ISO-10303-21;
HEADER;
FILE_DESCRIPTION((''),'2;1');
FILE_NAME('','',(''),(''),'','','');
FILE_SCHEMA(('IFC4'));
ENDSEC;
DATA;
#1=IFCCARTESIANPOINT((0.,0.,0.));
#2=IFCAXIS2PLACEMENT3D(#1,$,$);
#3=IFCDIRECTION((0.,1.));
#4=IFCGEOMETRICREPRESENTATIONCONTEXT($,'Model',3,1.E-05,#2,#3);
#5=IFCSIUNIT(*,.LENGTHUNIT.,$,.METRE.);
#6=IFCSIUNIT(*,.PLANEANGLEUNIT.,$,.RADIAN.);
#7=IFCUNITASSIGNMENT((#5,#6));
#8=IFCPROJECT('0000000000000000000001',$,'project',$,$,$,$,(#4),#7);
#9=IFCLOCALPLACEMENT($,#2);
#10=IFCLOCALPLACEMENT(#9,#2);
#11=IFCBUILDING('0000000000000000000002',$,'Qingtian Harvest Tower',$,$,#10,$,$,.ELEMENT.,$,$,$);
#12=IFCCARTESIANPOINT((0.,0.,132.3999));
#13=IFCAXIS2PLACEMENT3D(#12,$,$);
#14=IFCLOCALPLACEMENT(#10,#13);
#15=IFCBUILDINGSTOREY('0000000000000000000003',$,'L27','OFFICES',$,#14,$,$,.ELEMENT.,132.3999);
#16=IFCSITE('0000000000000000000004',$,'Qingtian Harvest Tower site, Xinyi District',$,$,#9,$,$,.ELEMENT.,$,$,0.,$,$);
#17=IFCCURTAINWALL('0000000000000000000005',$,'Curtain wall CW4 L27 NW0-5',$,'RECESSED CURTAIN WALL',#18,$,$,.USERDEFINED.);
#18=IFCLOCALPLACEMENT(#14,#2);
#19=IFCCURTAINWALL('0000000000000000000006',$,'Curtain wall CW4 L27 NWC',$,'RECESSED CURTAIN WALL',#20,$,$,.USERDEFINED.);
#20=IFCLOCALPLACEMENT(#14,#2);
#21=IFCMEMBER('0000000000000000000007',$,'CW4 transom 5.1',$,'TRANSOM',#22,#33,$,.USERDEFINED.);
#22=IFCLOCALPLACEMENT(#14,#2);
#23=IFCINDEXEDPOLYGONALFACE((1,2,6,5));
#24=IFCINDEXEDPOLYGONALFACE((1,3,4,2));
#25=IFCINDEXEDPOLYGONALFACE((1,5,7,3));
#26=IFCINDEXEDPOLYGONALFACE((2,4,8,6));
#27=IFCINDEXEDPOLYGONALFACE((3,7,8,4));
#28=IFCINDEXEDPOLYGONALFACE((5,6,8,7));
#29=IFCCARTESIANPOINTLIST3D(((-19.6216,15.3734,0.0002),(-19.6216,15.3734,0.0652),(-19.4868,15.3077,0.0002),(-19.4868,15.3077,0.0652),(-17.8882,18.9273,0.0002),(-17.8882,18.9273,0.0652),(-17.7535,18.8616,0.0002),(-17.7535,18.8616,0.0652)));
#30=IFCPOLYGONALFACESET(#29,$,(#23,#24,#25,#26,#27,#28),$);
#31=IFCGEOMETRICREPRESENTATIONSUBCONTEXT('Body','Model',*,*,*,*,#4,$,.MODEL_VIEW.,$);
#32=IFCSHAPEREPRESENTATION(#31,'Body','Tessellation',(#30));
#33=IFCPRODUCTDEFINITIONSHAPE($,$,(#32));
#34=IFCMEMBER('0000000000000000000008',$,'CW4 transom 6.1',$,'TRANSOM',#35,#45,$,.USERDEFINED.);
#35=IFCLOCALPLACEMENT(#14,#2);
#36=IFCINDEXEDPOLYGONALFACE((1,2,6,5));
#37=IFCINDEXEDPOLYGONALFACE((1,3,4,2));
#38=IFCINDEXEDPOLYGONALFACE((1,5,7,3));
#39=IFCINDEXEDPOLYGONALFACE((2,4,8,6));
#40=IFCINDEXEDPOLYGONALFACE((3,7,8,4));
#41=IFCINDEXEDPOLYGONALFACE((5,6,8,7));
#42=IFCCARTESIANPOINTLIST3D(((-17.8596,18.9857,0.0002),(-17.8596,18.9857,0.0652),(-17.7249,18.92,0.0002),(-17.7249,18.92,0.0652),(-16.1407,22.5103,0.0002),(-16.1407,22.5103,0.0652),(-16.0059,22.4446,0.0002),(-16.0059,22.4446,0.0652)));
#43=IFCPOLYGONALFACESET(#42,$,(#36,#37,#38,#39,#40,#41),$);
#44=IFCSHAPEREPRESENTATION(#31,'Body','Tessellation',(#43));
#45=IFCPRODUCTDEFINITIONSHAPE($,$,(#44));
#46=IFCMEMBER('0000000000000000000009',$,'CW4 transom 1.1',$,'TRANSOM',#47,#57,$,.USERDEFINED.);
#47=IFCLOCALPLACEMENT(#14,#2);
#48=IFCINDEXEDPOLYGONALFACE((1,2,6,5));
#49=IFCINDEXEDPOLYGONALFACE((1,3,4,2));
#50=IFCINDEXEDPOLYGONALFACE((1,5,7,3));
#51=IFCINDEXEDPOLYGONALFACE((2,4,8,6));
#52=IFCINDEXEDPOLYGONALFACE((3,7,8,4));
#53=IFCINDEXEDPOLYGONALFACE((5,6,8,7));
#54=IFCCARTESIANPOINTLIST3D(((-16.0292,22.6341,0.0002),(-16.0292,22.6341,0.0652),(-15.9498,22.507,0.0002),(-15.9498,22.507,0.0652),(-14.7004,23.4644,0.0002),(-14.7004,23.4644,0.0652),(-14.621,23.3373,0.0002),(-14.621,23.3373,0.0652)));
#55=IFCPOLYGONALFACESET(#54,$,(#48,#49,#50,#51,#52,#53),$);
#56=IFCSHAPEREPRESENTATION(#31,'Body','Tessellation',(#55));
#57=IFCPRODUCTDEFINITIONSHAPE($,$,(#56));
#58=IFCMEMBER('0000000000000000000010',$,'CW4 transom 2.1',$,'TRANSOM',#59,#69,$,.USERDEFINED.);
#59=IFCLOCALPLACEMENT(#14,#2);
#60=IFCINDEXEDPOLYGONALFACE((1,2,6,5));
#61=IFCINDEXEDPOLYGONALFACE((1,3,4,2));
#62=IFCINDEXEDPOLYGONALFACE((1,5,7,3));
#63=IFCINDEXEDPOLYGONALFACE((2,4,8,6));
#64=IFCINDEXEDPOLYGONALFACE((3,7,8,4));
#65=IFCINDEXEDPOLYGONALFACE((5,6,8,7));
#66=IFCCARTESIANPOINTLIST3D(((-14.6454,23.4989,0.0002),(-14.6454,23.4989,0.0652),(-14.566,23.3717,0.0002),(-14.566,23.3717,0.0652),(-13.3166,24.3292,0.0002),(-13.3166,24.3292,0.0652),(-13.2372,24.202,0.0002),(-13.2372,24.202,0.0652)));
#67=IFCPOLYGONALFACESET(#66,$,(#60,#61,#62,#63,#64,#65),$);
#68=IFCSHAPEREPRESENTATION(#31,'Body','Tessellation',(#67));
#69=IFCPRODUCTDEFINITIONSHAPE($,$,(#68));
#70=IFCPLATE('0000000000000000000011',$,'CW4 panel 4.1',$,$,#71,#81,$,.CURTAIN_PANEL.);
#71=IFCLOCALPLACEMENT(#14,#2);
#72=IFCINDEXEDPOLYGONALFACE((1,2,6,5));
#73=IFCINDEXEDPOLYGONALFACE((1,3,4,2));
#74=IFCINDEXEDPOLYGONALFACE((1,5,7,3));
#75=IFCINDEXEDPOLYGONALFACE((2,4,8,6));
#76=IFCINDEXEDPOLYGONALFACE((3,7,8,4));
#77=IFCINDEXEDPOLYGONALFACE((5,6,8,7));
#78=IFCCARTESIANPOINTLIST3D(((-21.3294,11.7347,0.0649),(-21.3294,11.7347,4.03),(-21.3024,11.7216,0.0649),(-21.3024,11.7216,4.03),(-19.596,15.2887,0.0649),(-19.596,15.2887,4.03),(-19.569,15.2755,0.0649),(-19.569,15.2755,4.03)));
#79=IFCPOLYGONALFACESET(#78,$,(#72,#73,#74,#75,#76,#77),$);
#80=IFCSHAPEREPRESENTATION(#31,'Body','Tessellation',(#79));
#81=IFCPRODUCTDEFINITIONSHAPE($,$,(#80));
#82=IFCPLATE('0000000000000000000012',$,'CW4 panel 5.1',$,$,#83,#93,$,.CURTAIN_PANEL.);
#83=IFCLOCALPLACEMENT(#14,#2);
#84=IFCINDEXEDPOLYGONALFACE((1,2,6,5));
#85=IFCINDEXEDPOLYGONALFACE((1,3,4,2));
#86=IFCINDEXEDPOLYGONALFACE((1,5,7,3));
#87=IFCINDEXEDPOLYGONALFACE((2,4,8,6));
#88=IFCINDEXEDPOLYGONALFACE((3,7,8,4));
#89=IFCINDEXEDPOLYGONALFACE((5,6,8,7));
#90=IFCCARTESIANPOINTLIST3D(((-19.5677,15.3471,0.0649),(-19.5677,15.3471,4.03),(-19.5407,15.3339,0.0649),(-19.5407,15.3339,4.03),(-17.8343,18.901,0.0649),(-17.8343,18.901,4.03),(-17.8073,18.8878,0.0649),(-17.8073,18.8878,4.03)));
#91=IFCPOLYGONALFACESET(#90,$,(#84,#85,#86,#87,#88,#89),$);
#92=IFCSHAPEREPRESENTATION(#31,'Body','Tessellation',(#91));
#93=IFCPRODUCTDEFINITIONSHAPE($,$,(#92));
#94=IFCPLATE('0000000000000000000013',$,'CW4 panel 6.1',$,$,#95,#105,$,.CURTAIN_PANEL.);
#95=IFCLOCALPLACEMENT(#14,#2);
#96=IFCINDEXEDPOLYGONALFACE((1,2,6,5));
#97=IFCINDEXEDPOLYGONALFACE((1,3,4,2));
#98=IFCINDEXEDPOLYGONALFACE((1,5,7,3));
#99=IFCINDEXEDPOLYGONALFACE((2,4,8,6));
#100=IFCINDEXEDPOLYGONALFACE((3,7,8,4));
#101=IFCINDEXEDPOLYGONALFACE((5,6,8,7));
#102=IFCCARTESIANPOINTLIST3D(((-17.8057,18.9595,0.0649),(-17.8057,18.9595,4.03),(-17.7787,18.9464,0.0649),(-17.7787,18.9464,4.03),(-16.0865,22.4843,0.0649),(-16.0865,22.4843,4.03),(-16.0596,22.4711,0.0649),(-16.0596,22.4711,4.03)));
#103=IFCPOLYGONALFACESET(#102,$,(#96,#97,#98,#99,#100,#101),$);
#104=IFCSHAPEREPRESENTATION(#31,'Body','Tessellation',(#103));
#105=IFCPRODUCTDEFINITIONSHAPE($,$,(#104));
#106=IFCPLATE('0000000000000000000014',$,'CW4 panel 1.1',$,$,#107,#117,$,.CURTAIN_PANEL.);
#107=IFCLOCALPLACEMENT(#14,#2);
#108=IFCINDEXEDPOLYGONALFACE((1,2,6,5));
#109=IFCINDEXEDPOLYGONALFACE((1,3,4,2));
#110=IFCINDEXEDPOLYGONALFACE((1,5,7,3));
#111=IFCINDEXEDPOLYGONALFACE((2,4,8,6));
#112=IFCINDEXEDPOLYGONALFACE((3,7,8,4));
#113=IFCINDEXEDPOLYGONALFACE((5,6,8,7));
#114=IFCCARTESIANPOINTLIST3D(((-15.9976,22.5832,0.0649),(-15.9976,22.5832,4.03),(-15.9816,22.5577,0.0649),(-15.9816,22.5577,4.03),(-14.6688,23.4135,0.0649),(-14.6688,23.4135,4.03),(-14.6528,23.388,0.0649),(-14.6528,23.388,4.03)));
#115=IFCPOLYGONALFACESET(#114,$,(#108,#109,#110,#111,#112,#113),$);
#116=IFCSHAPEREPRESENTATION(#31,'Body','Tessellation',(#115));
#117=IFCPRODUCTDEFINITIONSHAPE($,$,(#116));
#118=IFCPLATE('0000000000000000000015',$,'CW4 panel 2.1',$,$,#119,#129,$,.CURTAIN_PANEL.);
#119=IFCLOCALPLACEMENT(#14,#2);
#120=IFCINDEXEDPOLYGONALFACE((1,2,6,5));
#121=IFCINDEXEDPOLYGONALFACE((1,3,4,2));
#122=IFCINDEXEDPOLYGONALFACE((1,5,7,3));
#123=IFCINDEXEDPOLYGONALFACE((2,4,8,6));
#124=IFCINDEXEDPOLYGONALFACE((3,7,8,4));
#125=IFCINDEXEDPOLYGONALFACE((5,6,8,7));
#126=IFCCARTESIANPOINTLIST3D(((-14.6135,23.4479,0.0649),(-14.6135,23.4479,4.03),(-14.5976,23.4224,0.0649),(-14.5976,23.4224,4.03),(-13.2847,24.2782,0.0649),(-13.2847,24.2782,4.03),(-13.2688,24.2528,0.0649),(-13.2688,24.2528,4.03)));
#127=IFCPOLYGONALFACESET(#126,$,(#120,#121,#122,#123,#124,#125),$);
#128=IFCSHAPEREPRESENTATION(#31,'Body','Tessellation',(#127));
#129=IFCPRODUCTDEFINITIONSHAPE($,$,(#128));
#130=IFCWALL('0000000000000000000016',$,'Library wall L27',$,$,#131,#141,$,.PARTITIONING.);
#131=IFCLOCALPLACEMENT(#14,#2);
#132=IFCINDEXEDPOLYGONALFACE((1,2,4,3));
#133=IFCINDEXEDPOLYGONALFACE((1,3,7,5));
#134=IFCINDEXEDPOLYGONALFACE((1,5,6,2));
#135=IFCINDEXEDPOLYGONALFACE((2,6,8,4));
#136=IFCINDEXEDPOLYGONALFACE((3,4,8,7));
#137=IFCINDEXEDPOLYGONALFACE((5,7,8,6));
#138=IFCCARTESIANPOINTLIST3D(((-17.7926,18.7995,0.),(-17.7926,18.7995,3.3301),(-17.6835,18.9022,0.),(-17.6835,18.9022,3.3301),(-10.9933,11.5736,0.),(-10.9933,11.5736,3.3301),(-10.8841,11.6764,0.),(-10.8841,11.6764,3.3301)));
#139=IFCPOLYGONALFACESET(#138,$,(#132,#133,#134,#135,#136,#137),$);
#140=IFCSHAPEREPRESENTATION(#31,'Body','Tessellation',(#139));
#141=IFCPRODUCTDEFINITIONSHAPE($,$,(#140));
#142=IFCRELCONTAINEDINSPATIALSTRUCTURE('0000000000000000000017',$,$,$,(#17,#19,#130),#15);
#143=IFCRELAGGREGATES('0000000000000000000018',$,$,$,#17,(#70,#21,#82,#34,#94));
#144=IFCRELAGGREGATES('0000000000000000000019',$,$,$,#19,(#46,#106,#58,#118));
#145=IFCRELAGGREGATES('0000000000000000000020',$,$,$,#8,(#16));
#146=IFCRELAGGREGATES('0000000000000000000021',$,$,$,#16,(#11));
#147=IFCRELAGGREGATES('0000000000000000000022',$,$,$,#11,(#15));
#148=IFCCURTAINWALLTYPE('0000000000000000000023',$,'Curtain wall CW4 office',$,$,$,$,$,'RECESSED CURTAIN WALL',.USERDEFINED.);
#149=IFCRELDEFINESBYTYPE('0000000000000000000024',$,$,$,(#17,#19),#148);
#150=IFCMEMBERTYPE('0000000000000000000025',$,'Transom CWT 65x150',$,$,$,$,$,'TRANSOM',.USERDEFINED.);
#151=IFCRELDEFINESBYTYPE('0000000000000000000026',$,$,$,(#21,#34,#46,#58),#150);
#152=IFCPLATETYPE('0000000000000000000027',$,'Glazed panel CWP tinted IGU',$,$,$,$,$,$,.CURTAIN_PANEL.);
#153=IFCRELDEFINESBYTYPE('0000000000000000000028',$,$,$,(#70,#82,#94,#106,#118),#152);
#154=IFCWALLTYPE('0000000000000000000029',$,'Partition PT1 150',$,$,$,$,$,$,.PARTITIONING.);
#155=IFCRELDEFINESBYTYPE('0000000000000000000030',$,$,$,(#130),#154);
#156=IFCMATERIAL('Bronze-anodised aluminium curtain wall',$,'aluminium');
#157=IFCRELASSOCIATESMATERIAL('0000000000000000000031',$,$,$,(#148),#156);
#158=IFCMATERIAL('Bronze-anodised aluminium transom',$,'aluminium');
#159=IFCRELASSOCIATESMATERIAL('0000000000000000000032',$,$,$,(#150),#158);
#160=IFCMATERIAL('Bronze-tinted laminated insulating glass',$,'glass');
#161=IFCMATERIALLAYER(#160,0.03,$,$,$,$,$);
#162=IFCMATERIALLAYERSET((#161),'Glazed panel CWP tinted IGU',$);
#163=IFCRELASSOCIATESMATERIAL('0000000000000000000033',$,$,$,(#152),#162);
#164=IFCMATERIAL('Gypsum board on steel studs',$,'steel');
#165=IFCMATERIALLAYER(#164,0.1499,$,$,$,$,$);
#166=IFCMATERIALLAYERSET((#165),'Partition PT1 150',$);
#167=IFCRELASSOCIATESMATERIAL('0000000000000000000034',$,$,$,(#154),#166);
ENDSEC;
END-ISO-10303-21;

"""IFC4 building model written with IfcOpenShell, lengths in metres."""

from ifc_helpers import new_model, si_unit, direction, frame, frame_2d, origin, origin_2d, place, context, subcontext, project, spatial, rectangle, extrude, material, layer, layer_set, material_profile, profile_set, type_object, element, aggregate, save


model = new_model("IFC4")

# Units and contexts
model_context = context("Model", 3, precision=1e-05, world=origin(), true_north=direction((0.0, 1.0)))
body_context = subcontext(model_context, "Body", "Model", "MODEL_VIEW")
ifc_project = project(units=[si_unit("LENGTHUNIT", "METRE"), si_unit("PLANEANGLEUNIT", "RADIAN")], contexts=[model_context])

# Site, building, storey
site_placement = place(None, origin())
site = spatial("IfcSite", under=ifc_project, at=site_placement, Name="Qingtian Harvest Tower site, Xinyi District", CompositionType="ELEMENT", RefElevation=0.0)
building_placement = place(site_placement, origin())
building = spatial("IfcBuilding", under=site, at=building_placement, Name="Qingtian Harvest Tower", CompositionType="ELEMENT")
storey_placement = place(building_placement, frame((0.0, 0.0, 132.3999)))
storey = spatial("IfcBuildingStorey", under=building, at=storey_placement, Name="L27", Description="OFFICES", CompositionType="ELEMENT", Elevation=132.3999)

# Curtain walls
ifc_material_1 = material(Name="Bronze-anodised aluminium curtain wall", Category="aluminium")
curtain_wall_type = type_object("IfcCurtainWallType", Name="Curtain wall CW4 office", ElementType="RECESSED CURTAIN WALL", PredefinedType="USERDEFINED", material=ifc_material_1)
curtain_wall_1_placement = place(storey_placement, origin())
curtain_wall_1 = element("IfcCurtainWall", 1, at=curtain_wall_1_placement, inside=storey, type_object=curtain_wall_type, Name="Curtain wall CW4 L27 NW0-5", ObjectType="RECESSED CURTAIN WALL", PredefinedType="USERDEFINED")
curtain_wall_2_placement = place(storey_placement, origin())
curtain_wall_2 = element("IfcCurtainWall", 2, at=curtain_wall_2_placement, inside=storey, type_object=curtain_wall_type, Name="Curtain wall CW4 L27 NWC", ObjectType="RECESSED CURTAIN WALL", PredefinedType="USERDEFINED")

# Members
ifc_material_2 = material(Name="Bronze-anodised aluminium transom", Category="aluminium")
ifc_material_profile_1 = material_profile(ifc_material_2, rectangle(XDim=0.1499, YDim=0.0649, at=origin_2d()), Name="AL 65x150")
ifc_profile_set_1 = profile_set([ifc_material_profile_1], Name="Bronze-anodised aluminium transom")
member_type_1 = type_object("IfcMemberType", Name="Transom CWT 65x150", ElementType="TRANSOM", PredefinedType="USERDEFINED", material=ifc_profile_set_1)
member_1_placement = place(storey_placement, frame((-19.5542, 15.3406, 0.0327), z_axis=(0.438375, 0.898792, 0.0), x_axis=(-0.898792, 0.438375, 0.0)))
member_1 = element("IfcMember", 3, at=member_1_placement, type_object=member_type_1, Name="CW4 transom 5.1", ObjectType="TRANSOM", PredefinedType="USERDEFINED", context=body_context, shape_type="SweptSolid", body=[
    extrude(rectangle(XDim=0.1499, YDim=0.0649, at=origin_2d()), origin(), (0.0, 0.0, 1.0), 3.9541),
])
member_2_placement = place(storey_placement, frame((-17.7922, 18.9529, 0.0327), z_axis=(0.438351, 0.898804, 0.0), x_axis=(-0.898804, 0.438351, 0.0)))
member_2 = element("IfcMember", 4, at=member_2_placement, type_object=member_type_1, Name="CW4 transom 6.1", ObjectType="TRANSOM", PredefinedType="USERDEFINED", context=body_context, shape_type="SweptSolid", body=[
    extrude(rectangle(XDim=0.1499, YDim=0.0649, at=origin_2d()), origin(), (0.0, 0.0, 1.0), 3.9214),
])
member_3_placement = place(storey_placement, frame((-15.9895, 22.5706, 0.0327), z_axis=(0.84806, 0.529901, 0.0), x_axis=(-0.529901, 0.84806, 0.0)))
member_3 = element("IfcMember", 5, at=member_3_placement, type_object=member_type_1, Name="CW4 transom 1.1", ObjectType="TRANSOM", PredefinedType="USERDEFINED", context=body_context, shape_type="SweptSolid", body=[
    extrude(rectangle(XDim=0.1499, YDim=0.0649, at=origin_2d()), origin(), (0.0, 0.0, 1.0), 1.5669),
])
member_4_placement = place(storey_placement, frame((-14.6057, 23.4353, 0.0327), z_axis=(0.84806, 0.529901, 0.0), x_axis=(-0.529901, 0.84806, 0.0)))
member_4 = element("IfcMember", 6, at=member_4_placement, type_object=member_type_1, Name="CW4 transom 2.1", ObjectType="TRANSOM", PredefinedType="USERDEFINED", context=body_context, shape_type="SweptSolid", body=[
    extrude(rectangle(XDim=0.1499, YDim=0.0649, at=origin_2d()), origin(), (0.0, 0.0, 1.0), 1.5669),
])

# Plates
ifc_material_3 = material(Name="Bronze-tinted laminated insulating glass", Category="glass")
ifc_layer_1 = layer(ifc_material_3, 0.03)
ifc_layer_set_1 = layer_set([ifc_layer_1], Name="Glazed panel CWP tinted IGU")
plate_type = type_object("IfcPlateType", Name="Glazed panel CWP tinted IGU", PredefinedType="CURTAIN_PANEL", material=ifc_layer_set_1)
plate_1_placement = place(storey_placement, frame((-20.4492, 13.5051, 0.0649), z_axis=(0.0, 0.0, 1.0), x_axis=(0.438371, 0.898794, 0.0)))
plate_1 = element("IfcPlate", 7, at=plate_1_placement, type_object=plate_type, Name="CW4 panel 4.1", PredefinedType="CURTAIN_PANEL", context=body_context, shape_type="SweptSolid", body=[
    extrude(rectangle(XDim=3.9541, YDim=0.03, at=origin_2d()), origin(), (0.0, 0.0, 1.0), 3.9651),
])
plate_2_placement = place(storey_placement, frame((-18.6875, 17.1174, 0.0649), z_axis=(0.0, 0.0, 1.0), x_axis=(0.438371, 0.898794, 0.0)))
plate_2 = element("IfcPlate", 8, at=plate_2_placement, type_object=plate_type, Name="CW4 panel 5.1", PredefinedType="CURTAIN_PANEL", context=body_context, shape_type="SweptSolid", body=[
    extrude(rectangle(XDim=3.9541, YDim=0.03, at=origin_2d()), origin(), (0.0, 0.0, 1.0), 3.9651),
])
plate_3_placement = place(storey_placement, frame((-16.9326, 20.7153, 0.0649), z_axis=(0.0, 0.0, 1.0), x_axis=(0.438371, 0.898794, 0.0)))
plate_3 = element("IfcPlate", 9, at=plate_3_placement, type_object=plate_type, Name="CW4 panel 6.1", PredefinedType="CURTAIN_PANEL", context=body_context, shape_type="SweptSolid", body=[
    extrude(rectangle(XDim=3.9216, YDim=0.03, at=origin_2d()), origin(), (0.0, 0.0, 1.0), 3.9651),
])
aggregate(curtain_wall_1, [plate_1, member_1, plate_2, member_2, plate_3])
plate_4_placement = place(storey_placement, frame((-15.3252, 22.9856, 0.0649), z_axis=(0.0, 0.0, 1.0), x_axis=(0.848048, 0.529919, 0.0)))
plate_4 = element("IfcPlate", 10, at=plate_4_placement, type_object=plate_type, Name="CW4 panel 1.1", PredefinedType="CURTAIN_PANEL", context=body_context, shape_type="SweptSolid", body=[
    extrude(rectangle(XDim=1.5669, YDim=0.03, at=origin_2d()), origin(), (0.0, 0.0, 1.0), 3.9651),
])
plate_5_placement = place(storey_placement, frame((-13.9412, 23.8503, 0.0649), z_axis=(0.0, 0.0, 1.0), x_axis=(0.848048, 0.529919, 0.0)))
plate_5 = element("IfcPlate", 11, at=plate_5_placement, type_object=plate_type, Name="CW4 panel 2.1", PredefinedType="CURTAIN_PANEL", context=body_context, shape_type="SweptSolid", body=[
    extrude(rectangle(XDim=1.5669, YDim=0.03, at=origin_2d()), origin(), (0.0, 0.0, 1.0), 3.9651),
])
aggregate(curtain_wall_2, [member_3, plate_4, member_4, plate_5])

# Wall
ifc_material_4 = material(Name="Gypsum board on steel studs", Category="steel")
ifc_layer_2 = layer(ifc_material_4, 0.1499)
ifc_layer_set_2 = layer_set([ifc_layer_2], Name="Partition PT1 150")
wall_type = type_object("IfcWallType", Name="Partition PT1 150", PredefinedType="PARTITIONING", material=ifc_layer_set_2)
wall_placement = place(storey_placement, frame((-17.738, 18.8508, 0.0), z_axis=(0.0, 0.0, 1.0), x_axis=(0.685286, -0.728274, 0.0)))
element("IfcWall", 12, at=wall_placement, inside=storey, type_object=wall_type, Name="Library wall L27", PredefinedType="PARTITIONING", context=body_context, shape_type="SweptSolid", body=[
    extrude(rectangle(XDim=9.9219, YDim=0.1499, at=frame_2d((4.9609, 0.0))), origin(), (0.0, 0.0, 1.0), 3.3301),
])

save(model, "model.ifc")
